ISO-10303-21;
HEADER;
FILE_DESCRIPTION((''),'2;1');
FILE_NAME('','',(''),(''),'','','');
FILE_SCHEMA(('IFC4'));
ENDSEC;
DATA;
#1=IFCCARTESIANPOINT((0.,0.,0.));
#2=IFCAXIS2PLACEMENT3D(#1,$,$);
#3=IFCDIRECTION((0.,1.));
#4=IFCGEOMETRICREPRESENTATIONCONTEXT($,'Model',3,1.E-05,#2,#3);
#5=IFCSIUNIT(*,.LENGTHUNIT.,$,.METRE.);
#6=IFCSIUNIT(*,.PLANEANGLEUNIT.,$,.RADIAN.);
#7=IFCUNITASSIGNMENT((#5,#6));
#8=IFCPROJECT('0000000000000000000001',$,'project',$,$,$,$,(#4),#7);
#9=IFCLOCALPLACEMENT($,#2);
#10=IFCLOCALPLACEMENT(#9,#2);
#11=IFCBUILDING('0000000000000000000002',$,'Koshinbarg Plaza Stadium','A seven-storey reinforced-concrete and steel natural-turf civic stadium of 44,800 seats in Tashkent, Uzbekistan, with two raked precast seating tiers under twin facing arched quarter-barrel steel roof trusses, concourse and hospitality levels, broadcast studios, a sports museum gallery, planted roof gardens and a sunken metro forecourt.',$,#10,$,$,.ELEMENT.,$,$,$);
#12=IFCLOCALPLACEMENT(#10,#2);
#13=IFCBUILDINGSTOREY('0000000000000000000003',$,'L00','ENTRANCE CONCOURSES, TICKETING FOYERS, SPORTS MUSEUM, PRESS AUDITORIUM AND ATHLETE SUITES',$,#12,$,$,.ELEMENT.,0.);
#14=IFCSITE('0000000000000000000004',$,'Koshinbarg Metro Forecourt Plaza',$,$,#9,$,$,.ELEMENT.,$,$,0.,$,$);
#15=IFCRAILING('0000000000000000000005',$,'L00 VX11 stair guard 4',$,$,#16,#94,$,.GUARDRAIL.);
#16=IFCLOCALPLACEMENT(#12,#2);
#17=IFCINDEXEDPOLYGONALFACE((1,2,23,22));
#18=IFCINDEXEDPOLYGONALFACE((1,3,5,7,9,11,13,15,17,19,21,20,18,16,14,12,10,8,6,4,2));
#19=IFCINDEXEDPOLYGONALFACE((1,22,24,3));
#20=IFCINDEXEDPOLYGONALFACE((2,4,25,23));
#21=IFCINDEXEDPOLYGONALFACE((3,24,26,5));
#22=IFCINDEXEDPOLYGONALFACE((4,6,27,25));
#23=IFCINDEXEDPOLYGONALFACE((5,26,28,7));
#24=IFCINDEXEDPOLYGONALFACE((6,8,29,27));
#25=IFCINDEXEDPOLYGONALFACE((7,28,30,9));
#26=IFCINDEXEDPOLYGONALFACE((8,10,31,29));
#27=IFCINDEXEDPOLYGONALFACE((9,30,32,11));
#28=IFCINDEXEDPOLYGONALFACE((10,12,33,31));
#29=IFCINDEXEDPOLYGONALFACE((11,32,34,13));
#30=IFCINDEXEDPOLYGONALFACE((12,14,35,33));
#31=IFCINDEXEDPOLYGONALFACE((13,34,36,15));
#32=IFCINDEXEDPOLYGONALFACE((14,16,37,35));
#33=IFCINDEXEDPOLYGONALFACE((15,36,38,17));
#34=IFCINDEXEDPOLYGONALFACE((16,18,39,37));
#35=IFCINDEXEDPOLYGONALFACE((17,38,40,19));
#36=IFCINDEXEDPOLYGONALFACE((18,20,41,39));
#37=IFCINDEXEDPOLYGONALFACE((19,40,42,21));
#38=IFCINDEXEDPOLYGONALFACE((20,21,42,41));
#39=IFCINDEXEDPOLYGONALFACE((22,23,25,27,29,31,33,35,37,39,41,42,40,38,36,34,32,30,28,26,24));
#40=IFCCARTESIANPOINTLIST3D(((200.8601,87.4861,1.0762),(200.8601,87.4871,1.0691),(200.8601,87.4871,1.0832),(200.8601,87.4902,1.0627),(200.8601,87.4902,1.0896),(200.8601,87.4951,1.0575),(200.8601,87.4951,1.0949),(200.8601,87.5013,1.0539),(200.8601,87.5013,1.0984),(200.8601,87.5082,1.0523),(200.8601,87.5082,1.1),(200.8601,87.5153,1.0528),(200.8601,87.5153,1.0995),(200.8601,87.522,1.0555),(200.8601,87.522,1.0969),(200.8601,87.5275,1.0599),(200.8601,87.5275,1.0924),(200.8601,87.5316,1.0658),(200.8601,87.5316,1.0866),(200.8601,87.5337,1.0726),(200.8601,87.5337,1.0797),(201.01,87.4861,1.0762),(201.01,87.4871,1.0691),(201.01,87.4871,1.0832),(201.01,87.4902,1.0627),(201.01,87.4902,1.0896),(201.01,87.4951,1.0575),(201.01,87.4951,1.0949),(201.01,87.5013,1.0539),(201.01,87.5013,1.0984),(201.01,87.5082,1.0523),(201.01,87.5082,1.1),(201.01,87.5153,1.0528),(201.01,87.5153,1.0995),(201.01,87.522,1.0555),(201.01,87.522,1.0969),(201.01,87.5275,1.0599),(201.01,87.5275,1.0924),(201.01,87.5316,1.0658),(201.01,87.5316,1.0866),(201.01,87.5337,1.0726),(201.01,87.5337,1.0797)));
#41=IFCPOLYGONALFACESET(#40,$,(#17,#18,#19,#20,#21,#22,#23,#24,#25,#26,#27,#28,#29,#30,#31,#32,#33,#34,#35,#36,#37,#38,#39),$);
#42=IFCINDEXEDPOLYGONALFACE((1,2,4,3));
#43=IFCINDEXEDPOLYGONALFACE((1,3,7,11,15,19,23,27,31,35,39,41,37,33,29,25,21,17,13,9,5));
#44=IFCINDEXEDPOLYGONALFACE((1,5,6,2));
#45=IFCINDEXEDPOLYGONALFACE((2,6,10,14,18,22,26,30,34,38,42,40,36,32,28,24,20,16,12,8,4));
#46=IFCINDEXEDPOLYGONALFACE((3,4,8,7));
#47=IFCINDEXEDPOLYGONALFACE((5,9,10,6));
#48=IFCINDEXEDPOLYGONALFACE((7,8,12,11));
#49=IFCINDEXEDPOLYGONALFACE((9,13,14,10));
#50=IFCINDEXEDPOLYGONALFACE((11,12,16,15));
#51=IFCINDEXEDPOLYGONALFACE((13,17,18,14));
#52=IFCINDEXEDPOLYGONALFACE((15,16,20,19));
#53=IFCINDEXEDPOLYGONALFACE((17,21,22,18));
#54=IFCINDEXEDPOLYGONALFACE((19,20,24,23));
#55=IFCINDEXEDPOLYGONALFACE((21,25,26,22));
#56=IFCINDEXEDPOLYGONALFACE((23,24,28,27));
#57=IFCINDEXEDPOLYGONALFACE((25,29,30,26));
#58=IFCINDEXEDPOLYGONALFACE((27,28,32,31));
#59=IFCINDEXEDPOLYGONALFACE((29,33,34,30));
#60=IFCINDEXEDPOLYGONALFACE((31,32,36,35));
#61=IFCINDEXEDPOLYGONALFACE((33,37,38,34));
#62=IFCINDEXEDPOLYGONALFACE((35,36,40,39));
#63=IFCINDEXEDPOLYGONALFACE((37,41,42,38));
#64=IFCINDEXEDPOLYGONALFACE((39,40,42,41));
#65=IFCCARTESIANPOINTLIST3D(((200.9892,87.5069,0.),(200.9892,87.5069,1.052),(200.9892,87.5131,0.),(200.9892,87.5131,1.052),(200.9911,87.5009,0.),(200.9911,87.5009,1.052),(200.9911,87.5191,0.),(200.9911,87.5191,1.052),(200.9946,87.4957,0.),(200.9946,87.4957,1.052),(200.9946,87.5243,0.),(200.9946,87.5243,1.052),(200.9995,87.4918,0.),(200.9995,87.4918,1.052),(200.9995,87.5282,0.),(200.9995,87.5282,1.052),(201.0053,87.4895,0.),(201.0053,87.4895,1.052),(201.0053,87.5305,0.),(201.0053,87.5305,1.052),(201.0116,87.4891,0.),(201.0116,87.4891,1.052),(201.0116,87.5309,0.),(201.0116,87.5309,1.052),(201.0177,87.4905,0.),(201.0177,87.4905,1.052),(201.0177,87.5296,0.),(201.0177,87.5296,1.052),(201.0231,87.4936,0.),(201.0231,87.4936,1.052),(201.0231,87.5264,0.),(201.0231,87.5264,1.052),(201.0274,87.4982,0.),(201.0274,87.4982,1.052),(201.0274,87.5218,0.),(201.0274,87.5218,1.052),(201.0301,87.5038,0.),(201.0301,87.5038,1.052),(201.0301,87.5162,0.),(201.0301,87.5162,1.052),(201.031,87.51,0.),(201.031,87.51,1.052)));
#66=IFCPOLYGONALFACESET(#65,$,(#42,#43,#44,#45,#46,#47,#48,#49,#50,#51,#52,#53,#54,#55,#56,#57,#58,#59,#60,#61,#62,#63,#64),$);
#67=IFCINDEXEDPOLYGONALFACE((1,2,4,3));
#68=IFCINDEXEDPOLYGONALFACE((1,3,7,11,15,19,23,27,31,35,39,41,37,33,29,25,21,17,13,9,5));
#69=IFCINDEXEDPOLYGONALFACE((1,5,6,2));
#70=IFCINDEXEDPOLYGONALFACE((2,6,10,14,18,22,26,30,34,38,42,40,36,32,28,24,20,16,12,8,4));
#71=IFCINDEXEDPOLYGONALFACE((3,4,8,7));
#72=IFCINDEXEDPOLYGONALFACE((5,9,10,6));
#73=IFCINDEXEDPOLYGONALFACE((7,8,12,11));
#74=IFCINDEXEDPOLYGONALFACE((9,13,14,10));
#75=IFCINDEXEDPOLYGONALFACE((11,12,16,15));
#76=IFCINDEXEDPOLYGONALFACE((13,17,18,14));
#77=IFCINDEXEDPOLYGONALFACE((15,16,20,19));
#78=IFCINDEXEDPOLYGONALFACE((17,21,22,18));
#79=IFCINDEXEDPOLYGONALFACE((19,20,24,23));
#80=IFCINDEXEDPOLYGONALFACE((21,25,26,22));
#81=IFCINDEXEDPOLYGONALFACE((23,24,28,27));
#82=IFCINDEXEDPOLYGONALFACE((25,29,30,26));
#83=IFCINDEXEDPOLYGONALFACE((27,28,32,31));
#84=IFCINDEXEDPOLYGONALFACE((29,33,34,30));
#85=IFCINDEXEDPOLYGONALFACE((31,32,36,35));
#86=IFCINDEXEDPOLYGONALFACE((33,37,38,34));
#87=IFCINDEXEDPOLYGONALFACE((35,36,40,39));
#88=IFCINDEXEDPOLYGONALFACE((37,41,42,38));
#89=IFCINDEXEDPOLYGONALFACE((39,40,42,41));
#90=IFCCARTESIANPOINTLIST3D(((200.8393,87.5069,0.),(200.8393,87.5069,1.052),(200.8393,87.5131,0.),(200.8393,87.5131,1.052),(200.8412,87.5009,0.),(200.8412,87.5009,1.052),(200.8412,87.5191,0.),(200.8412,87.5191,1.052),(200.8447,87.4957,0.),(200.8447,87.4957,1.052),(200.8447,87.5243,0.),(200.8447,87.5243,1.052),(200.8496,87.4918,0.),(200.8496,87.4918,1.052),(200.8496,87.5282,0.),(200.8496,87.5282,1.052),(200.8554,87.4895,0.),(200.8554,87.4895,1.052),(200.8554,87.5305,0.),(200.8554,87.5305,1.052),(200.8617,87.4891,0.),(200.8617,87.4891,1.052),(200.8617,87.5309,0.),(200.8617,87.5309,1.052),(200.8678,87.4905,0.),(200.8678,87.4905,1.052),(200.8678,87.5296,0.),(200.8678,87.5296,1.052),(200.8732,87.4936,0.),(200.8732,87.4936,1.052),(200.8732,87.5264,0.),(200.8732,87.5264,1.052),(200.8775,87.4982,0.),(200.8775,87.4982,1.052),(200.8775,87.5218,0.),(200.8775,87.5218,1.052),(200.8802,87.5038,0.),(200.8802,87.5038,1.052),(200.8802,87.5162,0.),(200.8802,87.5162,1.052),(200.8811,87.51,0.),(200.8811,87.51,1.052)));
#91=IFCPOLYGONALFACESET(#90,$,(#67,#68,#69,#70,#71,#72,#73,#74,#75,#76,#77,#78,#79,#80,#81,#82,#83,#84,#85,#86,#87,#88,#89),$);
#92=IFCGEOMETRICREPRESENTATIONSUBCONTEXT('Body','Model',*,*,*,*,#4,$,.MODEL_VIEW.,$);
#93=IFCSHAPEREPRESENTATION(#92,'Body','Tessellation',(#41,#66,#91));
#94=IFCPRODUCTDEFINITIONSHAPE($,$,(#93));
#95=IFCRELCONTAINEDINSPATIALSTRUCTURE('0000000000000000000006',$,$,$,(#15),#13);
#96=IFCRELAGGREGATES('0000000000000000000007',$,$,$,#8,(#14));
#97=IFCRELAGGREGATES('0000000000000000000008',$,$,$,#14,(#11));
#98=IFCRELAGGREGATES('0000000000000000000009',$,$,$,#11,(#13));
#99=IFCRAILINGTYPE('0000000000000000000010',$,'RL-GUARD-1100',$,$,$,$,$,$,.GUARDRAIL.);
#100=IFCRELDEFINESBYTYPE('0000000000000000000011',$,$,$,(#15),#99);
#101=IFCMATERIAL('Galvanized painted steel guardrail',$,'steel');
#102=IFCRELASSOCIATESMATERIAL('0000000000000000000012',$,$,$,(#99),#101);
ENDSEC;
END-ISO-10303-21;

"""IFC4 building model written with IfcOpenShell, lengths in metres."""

from ifc_helpers import new_model, si_unit, direction, frame, origin, origin_2d, place, context, subcontext, project, spatial, circle, extrude, material, type_object, element, save


model = new_model("IFC4")

# Units and contexts
model_context = context("Model", 3, precision=1e-05, world=origin(), true_north=direction((0.0, 1.0)))
body_context = subcontext(model_context, "Body", "Model", "MODEL_VIEW")
ifc_project = project(units=[si_unit("LENGTHUNIT", "METRE"), si_unit("PLANEANGLEUNIT", "RADIAN")], contexts=[model_context])

# Site, building, storey
site_placement = place(None, origin())
site = spatial("IfcSite", under=ifc_project, at=site_placement, Name="Koshinbarg Metro Forecourt Plaza", CompositionType="ELEMENT", RefElevation=0.0)
building_placement = place(site_placement, origin())
building = spatial("IfcBuilding", under=site, at=building_placement, Name="Koshinbarg Plaza Stadium", Description="A seven-storey reinforced-concrete and steel natural-turf civic stadium of 44,800 seats in Tashkent, Uzbekistan, with two raked precast seating tiers under twin facing arched quarter-barrel steel roof trusses, concourse and hospitality levels, broadcast studios, a sports museum gallery, planted roof gardens and a sunken metro forecourt.", CompositionType="ELEMENT")
storey_placement = place(building_placement, origin())
storey = spatial("IfcBuildingStorey", under=building, at=storey_placement, Name="L00", Description="ENTRANCE CONCOURSES, TICKETING FOYERS, SPORTS MUSEUM, PRESS AUDITORIUM AND ATHLETE SUITES", CompositionType="ELEMENT", Elevation=0.0)

# Railing
ifc_material_1 = material(Name="Galvanized painted steel guardrail", Category="steel")
railing_type_1 = type_object("IfcRailingType", Name="RL-GUARD-1100", PredefinedType="GUARDRAIL", material=ifc_material_1)
railing_1_placement = place(storey_placement, frame((201.01, 87.51, 0.0)))
element("IfcRailing", 1, at=railing_1_placement, inside=storey, type_object=railing_type_1, Name="L00 VX11 stair guard 4", PredefinedType="GUARDRAIL", context=body_context, shape_type="SweptSolid", body=[
    extrude(circle(Radius=0.0239, at=origin_2d()), frame((0.0, 0.0, 1.0762), z_axis=(-1.0, 0.0, 0.0), x_axis=(0.0, -1.0, 0.0)), (0.0, 0.0, 1.0), 0.1499),
    extrude(circle(Radius=0.021, at=origin_2d()), origin(), (0.0, 0.0, 1.0), 1.052),
    extrude(circle(Radius=0.021, at=origin_2d()), frame((-0.1499, 0.0, 0.0)), (0.0, 0.0, 1.0), 1.052),
])

save(model, "model.ifc")
